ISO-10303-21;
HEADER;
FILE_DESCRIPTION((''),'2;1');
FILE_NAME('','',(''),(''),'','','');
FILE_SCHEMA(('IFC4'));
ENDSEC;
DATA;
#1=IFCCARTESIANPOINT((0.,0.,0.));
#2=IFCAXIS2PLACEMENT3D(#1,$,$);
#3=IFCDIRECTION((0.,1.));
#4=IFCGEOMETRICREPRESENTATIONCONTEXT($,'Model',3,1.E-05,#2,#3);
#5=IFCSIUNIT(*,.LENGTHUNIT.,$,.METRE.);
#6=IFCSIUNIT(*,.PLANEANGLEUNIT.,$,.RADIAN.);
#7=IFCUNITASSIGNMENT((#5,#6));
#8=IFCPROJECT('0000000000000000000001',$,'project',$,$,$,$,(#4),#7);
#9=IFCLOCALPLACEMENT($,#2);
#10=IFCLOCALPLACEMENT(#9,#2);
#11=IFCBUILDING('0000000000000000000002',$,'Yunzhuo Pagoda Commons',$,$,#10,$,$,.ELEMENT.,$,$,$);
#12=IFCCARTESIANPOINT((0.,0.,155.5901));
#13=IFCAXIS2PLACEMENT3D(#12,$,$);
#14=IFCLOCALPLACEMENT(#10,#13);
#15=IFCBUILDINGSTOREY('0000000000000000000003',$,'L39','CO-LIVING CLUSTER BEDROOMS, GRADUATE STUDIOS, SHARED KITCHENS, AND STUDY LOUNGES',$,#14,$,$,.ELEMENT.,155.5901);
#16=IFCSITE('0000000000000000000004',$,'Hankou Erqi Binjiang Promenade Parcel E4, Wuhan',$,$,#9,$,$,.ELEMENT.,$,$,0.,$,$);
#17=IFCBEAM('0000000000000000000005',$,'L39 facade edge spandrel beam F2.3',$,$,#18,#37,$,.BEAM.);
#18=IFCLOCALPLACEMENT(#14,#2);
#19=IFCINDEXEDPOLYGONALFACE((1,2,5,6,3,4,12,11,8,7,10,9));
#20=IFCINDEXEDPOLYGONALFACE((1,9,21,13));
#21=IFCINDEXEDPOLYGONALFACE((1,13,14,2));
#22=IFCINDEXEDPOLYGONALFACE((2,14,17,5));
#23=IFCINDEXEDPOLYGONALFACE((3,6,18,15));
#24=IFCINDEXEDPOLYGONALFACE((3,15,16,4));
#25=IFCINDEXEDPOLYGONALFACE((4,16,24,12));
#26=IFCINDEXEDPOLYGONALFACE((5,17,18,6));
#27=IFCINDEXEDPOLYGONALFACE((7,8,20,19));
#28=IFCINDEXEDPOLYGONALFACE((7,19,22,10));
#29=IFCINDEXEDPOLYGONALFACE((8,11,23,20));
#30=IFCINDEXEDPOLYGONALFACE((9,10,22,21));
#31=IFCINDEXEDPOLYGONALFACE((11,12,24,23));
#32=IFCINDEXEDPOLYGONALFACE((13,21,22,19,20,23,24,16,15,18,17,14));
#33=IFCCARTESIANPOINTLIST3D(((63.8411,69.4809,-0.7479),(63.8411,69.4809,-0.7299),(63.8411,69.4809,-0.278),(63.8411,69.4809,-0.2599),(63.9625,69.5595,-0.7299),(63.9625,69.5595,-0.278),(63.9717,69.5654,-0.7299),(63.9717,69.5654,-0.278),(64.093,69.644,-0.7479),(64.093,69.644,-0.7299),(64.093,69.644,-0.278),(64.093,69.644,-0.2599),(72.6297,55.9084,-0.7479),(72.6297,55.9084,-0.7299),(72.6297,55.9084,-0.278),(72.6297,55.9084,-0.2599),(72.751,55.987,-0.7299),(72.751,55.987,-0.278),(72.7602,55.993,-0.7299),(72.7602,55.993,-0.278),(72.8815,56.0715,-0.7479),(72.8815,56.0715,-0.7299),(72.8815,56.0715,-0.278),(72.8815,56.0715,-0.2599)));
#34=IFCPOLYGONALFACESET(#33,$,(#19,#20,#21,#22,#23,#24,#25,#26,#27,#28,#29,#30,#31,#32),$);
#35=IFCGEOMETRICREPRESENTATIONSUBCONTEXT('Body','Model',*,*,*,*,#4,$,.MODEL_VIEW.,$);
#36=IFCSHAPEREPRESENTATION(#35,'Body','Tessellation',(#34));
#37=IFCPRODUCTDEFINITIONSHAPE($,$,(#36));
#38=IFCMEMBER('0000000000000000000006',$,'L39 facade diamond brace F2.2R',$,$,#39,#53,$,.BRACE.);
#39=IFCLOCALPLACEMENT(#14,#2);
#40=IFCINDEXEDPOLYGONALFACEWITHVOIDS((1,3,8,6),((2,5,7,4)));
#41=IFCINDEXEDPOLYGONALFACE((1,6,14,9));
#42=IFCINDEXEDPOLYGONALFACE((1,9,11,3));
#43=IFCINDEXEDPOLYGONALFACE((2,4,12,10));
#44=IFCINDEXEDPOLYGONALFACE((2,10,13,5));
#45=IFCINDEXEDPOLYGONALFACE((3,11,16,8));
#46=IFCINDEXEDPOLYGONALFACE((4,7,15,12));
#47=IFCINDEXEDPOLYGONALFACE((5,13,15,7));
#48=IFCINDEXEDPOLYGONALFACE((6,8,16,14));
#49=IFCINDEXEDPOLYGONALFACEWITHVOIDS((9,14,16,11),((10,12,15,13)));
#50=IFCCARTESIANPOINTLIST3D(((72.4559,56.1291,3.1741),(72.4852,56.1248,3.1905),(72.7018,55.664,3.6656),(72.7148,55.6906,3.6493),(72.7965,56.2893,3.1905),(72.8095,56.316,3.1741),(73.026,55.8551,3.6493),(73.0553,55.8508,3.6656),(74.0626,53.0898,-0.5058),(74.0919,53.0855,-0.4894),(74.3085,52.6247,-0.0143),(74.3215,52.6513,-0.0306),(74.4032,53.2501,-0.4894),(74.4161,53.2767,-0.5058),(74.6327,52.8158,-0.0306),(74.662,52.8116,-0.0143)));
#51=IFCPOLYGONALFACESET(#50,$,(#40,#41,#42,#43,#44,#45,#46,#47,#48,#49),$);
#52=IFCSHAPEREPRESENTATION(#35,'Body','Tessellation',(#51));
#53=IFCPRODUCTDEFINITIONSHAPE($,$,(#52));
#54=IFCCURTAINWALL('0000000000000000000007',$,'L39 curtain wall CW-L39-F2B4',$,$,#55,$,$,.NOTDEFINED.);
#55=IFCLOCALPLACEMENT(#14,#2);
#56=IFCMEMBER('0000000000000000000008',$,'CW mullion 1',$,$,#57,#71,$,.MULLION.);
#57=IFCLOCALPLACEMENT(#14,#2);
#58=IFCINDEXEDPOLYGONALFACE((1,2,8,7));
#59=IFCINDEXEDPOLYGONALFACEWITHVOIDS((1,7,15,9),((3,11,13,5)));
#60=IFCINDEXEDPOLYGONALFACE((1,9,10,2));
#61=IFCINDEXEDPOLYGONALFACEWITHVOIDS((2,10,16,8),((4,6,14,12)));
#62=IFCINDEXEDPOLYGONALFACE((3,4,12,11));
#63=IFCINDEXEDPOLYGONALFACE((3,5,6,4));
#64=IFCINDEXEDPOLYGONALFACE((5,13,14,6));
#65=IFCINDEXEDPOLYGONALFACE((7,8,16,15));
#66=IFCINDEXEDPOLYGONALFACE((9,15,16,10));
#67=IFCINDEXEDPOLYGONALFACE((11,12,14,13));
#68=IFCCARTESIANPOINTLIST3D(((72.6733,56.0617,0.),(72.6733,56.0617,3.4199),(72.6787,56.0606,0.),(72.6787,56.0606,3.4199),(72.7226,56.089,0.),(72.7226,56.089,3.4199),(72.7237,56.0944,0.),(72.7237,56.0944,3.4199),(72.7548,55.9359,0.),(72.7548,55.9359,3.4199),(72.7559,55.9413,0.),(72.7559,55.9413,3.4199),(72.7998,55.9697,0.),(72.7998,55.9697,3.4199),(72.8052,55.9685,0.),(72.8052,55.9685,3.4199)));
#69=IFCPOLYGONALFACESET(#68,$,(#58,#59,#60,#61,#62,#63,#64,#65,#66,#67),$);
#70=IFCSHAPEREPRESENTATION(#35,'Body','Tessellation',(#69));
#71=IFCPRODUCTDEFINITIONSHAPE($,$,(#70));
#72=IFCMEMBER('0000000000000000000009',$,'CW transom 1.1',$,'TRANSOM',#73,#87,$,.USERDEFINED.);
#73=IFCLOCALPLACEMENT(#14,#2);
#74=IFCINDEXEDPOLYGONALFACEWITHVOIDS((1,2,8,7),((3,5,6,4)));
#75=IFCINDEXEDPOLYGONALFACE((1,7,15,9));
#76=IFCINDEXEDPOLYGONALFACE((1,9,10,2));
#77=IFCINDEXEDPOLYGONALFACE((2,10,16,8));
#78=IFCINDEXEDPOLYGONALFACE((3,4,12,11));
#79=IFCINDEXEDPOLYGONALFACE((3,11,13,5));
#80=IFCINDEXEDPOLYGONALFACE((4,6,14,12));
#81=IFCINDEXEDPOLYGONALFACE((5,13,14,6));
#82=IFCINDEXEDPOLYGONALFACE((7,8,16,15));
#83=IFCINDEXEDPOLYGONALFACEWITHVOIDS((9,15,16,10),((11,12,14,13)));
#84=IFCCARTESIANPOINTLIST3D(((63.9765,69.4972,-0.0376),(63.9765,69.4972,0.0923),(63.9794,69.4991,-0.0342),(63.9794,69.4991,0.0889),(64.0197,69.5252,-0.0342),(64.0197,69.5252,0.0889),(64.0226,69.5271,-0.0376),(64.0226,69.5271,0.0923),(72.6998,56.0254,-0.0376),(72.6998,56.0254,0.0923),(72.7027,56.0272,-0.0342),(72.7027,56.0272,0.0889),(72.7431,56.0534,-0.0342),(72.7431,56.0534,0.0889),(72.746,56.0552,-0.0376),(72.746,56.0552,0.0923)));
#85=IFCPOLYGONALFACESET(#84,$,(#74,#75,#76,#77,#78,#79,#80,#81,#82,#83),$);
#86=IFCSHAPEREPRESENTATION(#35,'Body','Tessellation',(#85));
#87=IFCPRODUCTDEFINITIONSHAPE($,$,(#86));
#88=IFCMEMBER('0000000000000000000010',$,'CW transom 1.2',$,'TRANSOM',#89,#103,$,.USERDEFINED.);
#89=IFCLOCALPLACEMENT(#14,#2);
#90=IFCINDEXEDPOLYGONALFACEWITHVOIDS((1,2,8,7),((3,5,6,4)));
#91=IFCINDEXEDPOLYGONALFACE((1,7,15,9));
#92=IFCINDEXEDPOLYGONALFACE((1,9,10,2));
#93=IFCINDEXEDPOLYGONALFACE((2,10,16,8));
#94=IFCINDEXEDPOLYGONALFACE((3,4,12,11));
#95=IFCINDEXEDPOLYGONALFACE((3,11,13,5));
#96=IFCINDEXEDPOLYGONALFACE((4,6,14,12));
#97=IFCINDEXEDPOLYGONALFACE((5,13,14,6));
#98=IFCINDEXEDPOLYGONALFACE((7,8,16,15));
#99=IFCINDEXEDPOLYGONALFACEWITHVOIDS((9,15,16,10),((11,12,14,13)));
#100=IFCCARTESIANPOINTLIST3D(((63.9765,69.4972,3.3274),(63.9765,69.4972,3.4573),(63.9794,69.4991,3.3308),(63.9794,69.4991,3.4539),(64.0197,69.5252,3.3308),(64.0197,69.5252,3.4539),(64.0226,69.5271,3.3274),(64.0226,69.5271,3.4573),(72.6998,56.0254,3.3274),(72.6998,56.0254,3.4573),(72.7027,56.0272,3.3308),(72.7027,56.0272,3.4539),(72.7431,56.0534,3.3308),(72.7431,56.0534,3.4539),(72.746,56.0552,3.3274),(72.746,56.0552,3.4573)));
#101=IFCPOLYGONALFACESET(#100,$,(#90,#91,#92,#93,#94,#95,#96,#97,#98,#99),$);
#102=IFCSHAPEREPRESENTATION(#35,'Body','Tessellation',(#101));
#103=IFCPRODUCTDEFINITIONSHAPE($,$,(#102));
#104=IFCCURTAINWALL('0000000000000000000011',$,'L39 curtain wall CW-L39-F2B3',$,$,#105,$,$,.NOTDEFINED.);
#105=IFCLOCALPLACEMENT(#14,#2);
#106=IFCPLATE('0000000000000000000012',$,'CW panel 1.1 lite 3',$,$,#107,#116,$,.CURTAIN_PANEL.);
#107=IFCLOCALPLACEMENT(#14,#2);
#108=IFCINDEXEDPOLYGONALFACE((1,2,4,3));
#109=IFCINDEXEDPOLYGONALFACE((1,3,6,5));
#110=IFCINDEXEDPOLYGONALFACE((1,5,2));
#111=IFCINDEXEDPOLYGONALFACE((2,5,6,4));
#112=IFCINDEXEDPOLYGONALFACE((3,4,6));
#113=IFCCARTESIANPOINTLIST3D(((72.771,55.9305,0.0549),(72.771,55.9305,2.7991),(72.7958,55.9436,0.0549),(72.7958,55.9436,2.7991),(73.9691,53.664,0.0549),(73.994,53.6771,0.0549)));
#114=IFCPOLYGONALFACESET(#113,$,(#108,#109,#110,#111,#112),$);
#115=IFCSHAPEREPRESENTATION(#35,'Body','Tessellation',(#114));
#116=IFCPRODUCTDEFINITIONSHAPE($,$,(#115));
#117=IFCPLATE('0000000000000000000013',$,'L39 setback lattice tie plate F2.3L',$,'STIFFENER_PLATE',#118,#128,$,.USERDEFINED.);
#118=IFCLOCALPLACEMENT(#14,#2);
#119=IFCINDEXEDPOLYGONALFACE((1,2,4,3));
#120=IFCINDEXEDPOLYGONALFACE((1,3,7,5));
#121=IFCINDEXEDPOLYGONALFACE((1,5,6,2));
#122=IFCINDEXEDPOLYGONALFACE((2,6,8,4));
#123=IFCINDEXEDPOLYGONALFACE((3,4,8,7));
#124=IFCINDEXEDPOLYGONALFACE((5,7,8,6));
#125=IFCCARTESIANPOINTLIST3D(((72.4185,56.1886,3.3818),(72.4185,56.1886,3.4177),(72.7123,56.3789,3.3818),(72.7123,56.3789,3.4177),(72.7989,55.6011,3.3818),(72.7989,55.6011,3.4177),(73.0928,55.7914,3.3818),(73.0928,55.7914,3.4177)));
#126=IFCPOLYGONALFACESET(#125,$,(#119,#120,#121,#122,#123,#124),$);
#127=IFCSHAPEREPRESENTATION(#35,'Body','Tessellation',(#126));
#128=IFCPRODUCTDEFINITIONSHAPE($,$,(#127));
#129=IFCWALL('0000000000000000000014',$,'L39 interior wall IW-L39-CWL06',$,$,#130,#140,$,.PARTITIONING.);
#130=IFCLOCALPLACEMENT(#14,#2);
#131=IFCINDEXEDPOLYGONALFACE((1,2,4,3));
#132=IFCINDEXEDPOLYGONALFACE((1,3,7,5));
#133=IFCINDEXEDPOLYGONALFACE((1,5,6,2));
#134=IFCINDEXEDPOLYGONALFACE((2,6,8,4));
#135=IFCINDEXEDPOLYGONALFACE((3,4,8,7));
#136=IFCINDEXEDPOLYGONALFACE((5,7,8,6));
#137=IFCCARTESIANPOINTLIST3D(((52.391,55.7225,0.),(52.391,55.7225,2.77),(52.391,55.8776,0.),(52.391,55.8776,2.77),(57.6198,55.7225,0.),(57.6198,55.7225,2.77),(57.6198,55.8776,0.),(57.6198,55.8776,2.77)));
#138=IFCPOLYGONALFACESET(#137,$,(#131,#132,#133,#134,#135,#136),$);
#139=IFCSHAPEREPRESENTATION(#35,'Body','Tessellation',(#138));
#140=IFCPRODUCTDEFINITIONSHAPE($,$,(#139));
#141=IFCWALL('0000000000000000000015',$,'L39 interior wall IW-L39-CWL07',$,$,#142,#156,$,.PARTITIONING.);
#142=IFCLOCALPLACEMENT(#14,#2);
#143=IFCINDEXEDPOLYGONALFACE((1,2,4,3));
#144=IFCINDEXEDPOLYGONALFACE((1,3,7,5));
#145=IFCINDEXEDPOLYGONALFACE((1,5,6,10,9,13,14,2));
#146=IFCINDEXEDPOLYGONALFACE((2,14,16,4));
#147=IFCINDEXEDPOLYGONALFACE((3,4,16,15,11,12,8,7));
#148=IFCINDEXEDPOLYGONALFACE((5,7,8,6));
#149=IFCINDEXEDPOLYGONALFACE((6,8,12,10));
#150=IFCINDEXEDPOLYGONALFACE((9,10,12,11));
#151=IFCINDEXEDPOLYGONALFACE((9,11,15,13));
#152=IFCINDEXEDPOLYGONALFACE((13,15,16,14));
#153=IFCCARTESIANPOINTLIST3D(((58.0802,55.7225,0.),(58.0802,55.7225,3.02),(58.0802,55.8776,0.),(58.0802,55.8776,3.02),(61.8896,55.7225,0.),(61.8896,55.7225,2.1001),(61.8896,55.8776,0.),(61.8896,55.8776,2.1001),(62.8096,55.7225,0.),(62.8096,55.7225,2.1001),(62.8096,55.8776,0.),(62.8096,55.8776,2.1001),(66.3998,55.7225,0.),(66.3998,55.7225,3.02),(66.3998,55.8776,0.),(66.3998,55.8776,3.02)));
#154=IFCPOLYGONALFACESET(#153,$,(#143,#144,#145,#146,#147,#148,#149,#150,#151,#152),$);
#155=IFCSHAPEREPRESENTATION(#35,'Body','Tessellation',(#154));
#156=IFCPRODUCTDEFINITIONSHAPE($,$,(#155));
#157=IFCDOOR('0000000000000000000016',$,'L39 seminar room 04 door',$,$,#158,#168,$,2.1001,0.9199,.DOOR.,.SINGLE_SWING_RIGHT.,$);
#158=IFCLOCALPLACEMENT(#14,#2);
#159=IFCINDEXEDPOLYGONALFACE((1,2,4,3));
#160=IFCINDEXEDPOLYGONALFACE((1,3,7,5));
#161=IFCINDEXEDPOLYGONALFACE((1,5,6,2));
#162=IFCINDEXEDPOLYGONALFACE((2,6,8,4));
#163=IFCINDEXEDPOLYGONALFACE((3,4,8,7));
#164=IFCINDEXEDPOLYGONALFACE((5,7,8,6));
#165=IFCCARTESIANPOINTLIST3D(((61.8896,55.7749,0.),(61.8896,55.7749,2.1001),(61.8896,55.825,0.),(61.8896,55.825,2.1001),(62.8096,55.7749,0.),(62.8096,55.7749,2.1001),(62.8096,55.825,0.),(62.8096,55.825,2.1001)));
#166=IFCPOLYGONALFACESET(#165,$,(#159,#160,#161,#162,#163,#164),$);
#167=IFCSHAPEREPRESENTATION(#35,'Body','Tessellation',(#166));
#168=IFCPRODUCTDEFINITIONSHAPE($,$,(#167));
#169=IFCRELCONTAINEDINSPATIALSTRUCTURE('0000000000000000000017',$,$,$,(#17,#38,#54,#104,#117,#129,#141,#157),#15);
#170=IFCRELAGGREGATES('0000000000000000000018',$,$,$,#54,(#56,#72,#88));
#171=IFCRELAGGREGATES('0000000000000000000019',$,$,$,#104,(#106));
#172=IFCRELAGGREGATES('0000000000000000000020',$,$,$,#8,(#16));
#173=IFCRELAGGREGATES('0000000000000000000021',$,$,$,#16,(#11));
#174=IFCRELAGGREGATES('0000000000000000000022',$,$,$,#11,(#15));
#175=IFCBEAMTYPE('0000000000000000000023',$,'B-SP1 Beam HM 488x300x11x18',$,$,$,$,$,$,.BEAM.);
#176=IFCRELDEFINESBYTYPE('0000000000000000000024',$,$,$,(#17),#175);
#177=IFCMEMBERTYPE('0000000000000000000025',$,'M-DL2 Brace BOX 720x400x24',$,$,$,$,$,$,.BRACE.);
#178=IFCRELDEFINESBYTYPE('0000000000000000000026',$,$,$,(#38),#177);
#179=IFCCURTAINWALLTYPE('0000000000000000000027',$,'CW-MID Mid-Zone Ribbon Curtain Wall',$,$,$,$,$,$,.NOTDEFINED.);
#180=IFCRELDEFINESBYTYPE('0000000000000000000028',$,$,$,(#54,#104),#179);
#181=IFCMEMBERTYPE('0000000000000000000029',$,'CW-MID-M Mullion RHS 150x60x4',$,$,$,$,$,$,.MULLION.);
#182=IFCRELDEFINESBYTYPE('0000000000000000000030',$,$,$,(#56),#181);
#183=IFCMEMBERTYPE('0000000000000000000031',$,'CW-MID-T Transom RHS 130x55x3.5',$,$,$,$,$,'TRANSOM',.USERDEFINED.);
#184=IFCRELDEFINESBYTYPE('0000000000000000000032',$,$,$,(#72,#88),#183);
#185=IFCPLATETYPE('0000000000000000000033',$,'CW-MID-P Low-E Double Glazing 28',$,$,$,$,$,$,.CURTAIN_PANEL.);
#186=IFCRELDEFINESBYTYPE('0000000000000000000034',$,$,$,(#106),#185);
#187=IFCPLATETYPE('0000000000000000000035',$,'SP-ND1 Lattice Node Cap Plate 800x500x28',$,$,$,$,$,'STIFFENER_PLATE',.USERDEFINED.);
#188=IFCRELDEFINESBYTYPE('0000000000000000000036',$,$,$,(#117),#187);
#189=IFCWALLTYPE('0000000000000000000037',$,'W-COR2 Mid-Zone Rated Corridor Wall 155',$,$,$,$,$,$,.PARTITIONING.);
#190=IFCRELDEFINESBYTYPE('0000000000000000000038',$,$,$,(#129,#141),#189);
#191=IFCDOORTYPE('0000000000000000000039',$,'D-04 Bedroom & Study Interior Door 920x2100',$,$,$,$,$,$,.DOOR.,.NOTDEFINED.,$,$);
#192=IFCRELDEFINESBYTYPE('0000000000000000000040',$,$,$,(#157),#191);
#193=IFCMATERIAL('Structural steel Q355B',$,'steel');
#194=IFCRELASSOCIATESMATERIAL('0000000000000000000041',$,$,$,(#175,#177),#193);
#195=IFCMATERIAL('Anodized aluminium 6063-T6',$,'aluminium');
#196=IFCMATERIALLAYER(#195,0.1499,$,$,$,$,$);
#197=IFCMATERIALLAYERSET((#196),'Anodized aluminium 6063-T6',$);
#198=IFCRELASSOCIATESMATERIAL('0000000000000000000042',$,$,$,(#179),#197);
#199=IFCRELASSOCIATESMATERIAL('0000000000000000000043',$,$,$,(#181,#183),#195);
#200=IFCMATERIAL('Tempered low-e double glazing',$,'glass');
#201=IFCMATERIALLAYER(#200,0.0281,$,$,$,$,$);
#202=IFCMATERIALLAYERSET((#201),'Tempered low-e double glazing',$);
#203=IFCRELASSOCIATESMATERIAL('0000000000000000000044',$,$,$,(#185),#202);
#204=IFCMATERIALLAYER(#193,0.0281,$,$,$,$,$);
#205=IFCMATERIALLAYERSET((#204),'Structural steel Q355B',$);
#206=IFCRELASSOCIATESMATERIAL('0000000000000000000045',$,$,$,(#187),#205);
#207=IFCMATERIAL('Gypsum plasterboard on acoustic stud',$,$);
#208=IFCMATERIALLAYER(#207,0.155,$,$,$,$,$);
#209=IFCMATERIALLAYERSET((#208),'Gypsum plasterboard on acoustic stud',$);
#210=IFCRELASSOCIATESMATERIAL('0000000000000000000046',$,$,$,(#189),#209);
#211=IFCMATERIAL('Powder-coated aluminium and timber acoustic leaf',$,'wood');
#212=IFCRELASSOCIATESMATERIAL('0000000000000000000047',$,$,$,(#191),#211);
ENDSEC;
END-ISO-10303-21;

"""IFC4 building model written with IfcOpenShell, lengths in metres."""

from ifc_helpers import new_model, si_unit, direction, frame, frame_2d, origin, origin_with_axes, origin_2d, place, context, subcontext, project, spatial, polyline, rectangle, hollow_rectangle, i_section, outline, extrude, source, transform, mapped, material, layer, layer_set, material_profile, profile_set, type_object, element, fill, aggregate, save


model = new_model("IFC4")

# Units and contexts
model_context = context("Model", 3, precision=1e-05, world=origin(), true_north=direction((0.0, 1.0)))
body_context = subcontext(model_context, "Body", "Model", "MODEL_VIEW")
ifc_project = project(units=[si_unit("LENGTHUNIT", "METRE"), si_unit("PLANEANGLEUNIT", "RADIAN")], contexts=[model_context])

# Site, building, storey
site_placement = place(None, origin())
site = spatial("IfcSite", under=ifc_project, at=site_placement, Name="Hankou Erqi Binjiang Promenade Parcel E4, Wuhan", CompositionType="ELEMENT", RefElevation=0.0)
building_placement = place(site_placement, origin())
building = spatial("IfcBuilding", under=site, at=building_placement, Name="Yunzhuo Pagoda Commons", CompositionType="ELEMENT")
storey_placement = place(building_placement, frame((0.0, 0.0, 155.5901)))
storey = spatial("IfcBuildingStorey", under=building, at=storey_placement, Name="L39", Description="CO-LIVING CLUSTER BEDROOMS, GRADUATE STUDIOS, SHARED KITCHENS, AND STUDY LOUNGES", CompositionType="ELEMENT", Elevation=155.5901)

# Beam
ifc_material_1 = material(Name="Structural steel Q355B", Category="steel")
ifc_material_profile_1 = material_profile(ifc_material_1, i_section(OverallWidth=0.3, OverallDepth=0.488, WebThickness=0.011, FlangeThickness=0.0181, at=origin_2d()), Name="Structural steel Q355B")
ifc_profile_set_1 = profile_set([ifc_material_profile_1], Name="Structural steel Q355B")
beam_type_1 = type_object("IfcBeamType", Name="B-SP1 Beam HM 488x300x11x18", PredefinedType="BEAM", material=ifc_profile_set_1)
shared_shape_1 = source(origin(), body_context, "Body", "SweptSolid", [
    extrude(i_section(OverallWidth=0.3, OverallDepth=0.488, WebThickness=0.011, FlangeThickness=0.0181, at=origin_2d()), origin(), (0.0, 0.0, 1.0), 16.1694),
])
beam_1_placement = place(storey_placement, frame((72.7556, 55.99, -0.5039), z_axis=(-0.543529, 0.839391, 0.0), x_axis=(-0.839391, -0.543529, 0.0)))
element("IfcBeam", 1, at=beam_1_placement, inside=storey, type_object=beam_type_1, Name="L39 facade edge spandrel beam F2.3", PredefinedType="BEAM", context=body_context, shape_type="MappedRepresentation", body=[
    mapped(shared_shape_1, transform((0.0, 0.0, 0.0), scale=1.0)),
])

# Member
ifc_material_profile_2 = material_profile(ifc_material_1, hollow_rectangle(XDim=0.3999, YDim=0.72, WallThickness=0.0239, at=origin_2d()), Name="Structural steel Q355B")
ifc_profile_set_2 = profile_set([ifc_material_profile_2], Name="Structural steel Q355B")
member_type_1 = type_object("IfcMemberType", Name="M-DL2 Brace BOX 720x400x24", PredefinedType="BRACE", material=ifc_profile_set_2)
shared_shape_2 = source(origin(), body_context, "Body", "SweptSolid", [
    extrude(hollow_rectangle(XDim=0.3999, YDim=0.72, WallThickness=0.0239, at=origin_2d()), origin(), (0.0, 0.0, 1.0), 5.0359),
])
member_1_placement = place(storey_placement, frame((74.3623, 52.9507, -0.26), z_axis=(-0.319044, 0.603523, 0.730733), x_axis=(-0.884071, -0.467353, 0.0)))
element("IfcMember", 2, at=member_1_placement, inside=storey, type_object=member_type_1, Name="L39 facade diamond brace F2.2R", PredefinedType="BRACE", context=body_context, shape_type="MappedRepresentation", body=[
    mapped(shared_shape_2, transform((0.0, 0.0, 0.0), scale=1.0)),
])

# Curtain wall, members
ifc_material_2 = material(Name="Anodized aluminium 6063-T6", Category="aluminium")
ifc_layer_1 = layer(ifc_material_2, 0.1499)
ifc_layer_set_1 = layer_set([ifc_layer_1], Name="Anodized aluminium 6063-T6")
curtain_wall_type = type_object("IfcCurtainWallType", Name="CW-MID Mid-Zone Ribbon Curtain Wall", PredefinedType="NOTDEFINED", material=ifc_layer_set_1)
curtain_wall_1_placement = place(storey_placement, origin())
curtain_wall_1 = element("IfcCurtainWall", 3, at=curtain_wall_1_placement, inside=storey, type_object=curtain_wall_type, Name="L39 curtain wall CW-L39-F2B4", PredefinedType="NOTDEFINED")
ifc_material_profile_3 = material_profile(ifc_material_2, hollow_rectangle(XDim=0.0601, YDim=0.1499, WallThickness=0.0039, at=origin_2d()), Name="Anodized aluminium 6063-T6")
ifc_profile_set_3 = profile_set([ifc_material_profile_3], Name="Anodized aluminium 6063-T6")
member_type_2 = type_object("IfcMemberType", Name="CW-MID-M Mullion RHS 150x60x4", PredefinedType="MULLION", material=ifc_profile_set_3)
shared_shape_3 = source(origin(), body_context, "Body", "SweptSolid", [
    extrude(hollow_rectangle(XDim=0.0601, YDim=0.1499, WallThickness=0.0039, at=origin_2d()), origin(), (0.0, 0.0, 1.0), 3.4199),
])
member_2_placement = place(storey_placement, frame((72.7393, 56.0151, 0.0), z_axis=(0.0, 0.0, 1.0), x_axis=(-0.839393, -0.543526, 0.0)))
member_2 = element("IfcMember", 4, at=member_2_placement, type_object=member_type_2, Name="CW mullion 1", PredefinedType="MULLION", context=body_context, shape_type="MappedRepresentation", body=[
    mapped(shared_shape_3, transform((0.0, 0.0, 0.0), scale=1.0)),
])
ifc_material_profile_4 = material_profile(ifc_material_2, hollow_rectangle(XDim=0.0549, YDim=0.1299, WallThickness=0.0034, at=origin_2d()), Name="Anodized aluminium 6063-T6")
ifc_profile_set_4 = profile_set([ifc_material_profile_4], Name="Anodized aluminium 6063-T6")
member_type_3 = type_object("IfcMemberType", Name="CW-MID-T Transom RHS 130x55x3.5", ElementType="TRANSOM", PredefinedType="USERDEFINED", material=ifc_profile_set_4)
shared_shape_4 = source(origin(), body_context, "Body", "SweptSolid", [
    extrude(hollow_rectangle(XDim=0.0549, YDim=0.1299, WallThickness=0.0034, at=origin_2d()), origin(), (0.0, 0.0, 1.0), 16.0496),
])
member_3_placement = place(storey_placement, frame((72.7229, 56.0403, 0.0273), z_axis=(-0.543526, 0.839392, 0.0), x_axis=(-0.839392, -0.543526, 0.0)))
member_3 = element("IfcMember", 5, at=member_3_placement, type_object=member_type_3, Name="CW transom 1.1", ObjectType="TRANSOM", PredefinedType="USERDEFINED", context=body_context, shape_type="MappedRepresentation", body=[
    mapped(shared_shape_4, transform((0.0, 0.0, 0.0), scale=1.0)),
])
member_4_placement = place(storey_placement, frame((72.7229, 56.0403, 3.3923), z_axis=(-0.543526, 0.839392, 0.0), x_axis=(-0.839392, -0.543526, 0.0)))
member_4 = element("IfcMember", 6, at=member_4_placement, type_object=member_type_3, Name="CW transom 1.2", ObjectType="TRANSOM", PredefinedType="USERDEFINED", context=body_context, shape_type="MappedRepresentation", body=[
    mapped(shared_shape_4, transform((0.0, 0.0, 0.0), scale=1.0)),
])
aggregate(curtain_wall_1, [member_2, member_3, member_4])

# Curtain wall, plate
curtain_wall_2_placement = place(storey_placement, origin())
curtain_wall_2 = element("IfcCurtainWall", 7, at=curtain_wall_2_placement, inside=storey, type_object=curtain_wall_type, Name="L39 curtain wall CW-L39-F2B3", PredefinedType="NOTDEFINED")
ifc_material_3 = material(Name="Tempered low-e double glazing", Category="glass")
ifc_layer_2 = layer(ifc_material_3, 0.0281)
ifc_layer_set_2 = layer_set([ifc_layer_2], Name="Tempered low-e double glazing")
plate_type_1 = type_object("IfcPlateType", Name="CW-MID-P Low-E Double Glazing 28", PredefinedType="CURTAIN_PANEL", material=ifc_layer_set_2)
plate_1_placement = place(storey_placement, frame((73.3701, 54.7971, 1.427), z_axis=(0.884069, 0.467357, 0.0), x_axis=(-0.467357, 0.884069, 0.0)))
plate_1 = element("IfcPlate", 8, at=plate_1_placement, type_object=plate_type_1, Name="CW panel 1.1 lite 3", PredefinedType="CURTAIN_PANEL", context=body_context, shape_type="SweptSolid", body=[
    extrude(outline(polyline([(-1.2817, -1.3721), (1.282, -1.3721), (1.282, 1.3721), (-1.2817, -1.3721)])), origin(), (0.0, 0.0, 1.0), 0.0281),
])
aggregate(curtain_wall_2, [plate_1])

# Plate
ifc_layer_3 = layer(ifc_material_1, 0.0281)
ifc_layer_set_3 = layer_set([ifc_layer_3], Name="Structural steel Q355B")
plate_type_2 = type_object("IfcPlateType", Name="SP-ND1 Lattice Node Cap Plate 800x500x28", ElementType="STIFFENER_PLATE", PredefinedType="USERDEFINED", material=ifc_layer_set_3)
shared_shape_5 = source(origin(), body_context, "Body", "SweptSolid", [
    extrude(rectangle(XDim=0.7, YDim=0.3501, at=origin_2d()), origin(), (0.0, 0.0, 1.0), 0.0359),
])
plate_2_placement = place(storey_placement, frame((72.7556, 55.99, 3.3818), z_axis=(0.0, 0.0, 1.0), x_axis=(-0.543526, 0.839392, 0.0)))
element("IfcPlate", 9, at=plate_2_placement, inside=storey, type_object=plate_type_2, Name="L39 setback lattice tie plate F2.3L", ObjectType="STIFFENER_PLATE", PredefinedType="USERDEFINED", context=body_context, shape_type="MappedRepresentation", body=[
    mapped(shared_shape_5, transform((0.0, 0.0, 0.0), scale=1.0)),
])

# Wall
ifc_material_4 = material(Name="Gypsum plasterboard on acoustic stud")
ifc_layer_4 = layer(ifc_material_4, 0.155)
ifc_layer_set_4 = layer_set([ifc_layer_4], Name="Gypsum plasterboard on acoustic stud")
wall_type_1 = type_object("IfcWallType", Name="W-COR2 Mid-Zone Rated Corridor Wall 155", PredefinedType="PARTITIONING", material=ifc_layer_set_4)
wall_1_placement = place(storey_placement, frame((52.3911, 55.8, 0.0), z_axis=(0.0, 0.0, 1.0), x_axis=(1.0, 0.0, 0.0)))
element("IfcWall", 10, at=wall_1_placement, inside=storey, type_object=wall_type_1, Name="L39 interior wall IW-L39-CWL06", PredefinedType="PARTITIONING", context=body_context, shape_type="SweptSolid", body=[
    extrude(rectangle(XDim=5.2288, YDim=0.155, at=frame_2d((2.6143, 0.0))), origin(), (0.0, 0.0, 1.0), 2.77),
])

# Wall, opening, door
wall_2_placement = place(storey_placement, frame((58.0803, 55.8, 0.0), z_axis=(0.0, 0.0, 1.0), x_axis=(1.0, 0.0, 0.0)))
wall_2 = element("IfcWall", 11, at=wall_2_placement, inside=storey, type_object=wall_type_1, Name="L39 interior wall IW-L39-CWL07", PredefinedType="PARTITIONING", context=body_context, shape_type="SweptSolid", body=[
    extrude(rectangle(XDim=8.3196, YDim=0.155, at=frame_2d((4.1597, 0.0))), origin(), (0.0, 0.0, 1.0), 3.02),
])
opening_1_placement = place(wall_2_placement, frame((3.8093, 0.0, 0.0)))
opening_1 = element("IfcOpeningElement", 12, at=opening_1_placement, cuts=wall_2, PredefinedType="OPENING", context=body_context, shape_type="SweptSolid", body=[
    extrude(rectangle(XDim=0.9199, YDim=2.1001, at=frame_2d((0.46, 1.05))), frame((0.0, 0.0874, 0.0), z_axis=(0.0, -1.0, 0.0), x_axis=(1.0, 0.0, 0.0)), (0.0, 0.0, 1.0), 0.175),
])
ifc_material_5 = material(Name="Powder-coated aluminium and timber acoustic leaf", Category="wood")
door_type = type_object("IfcDoorType", Name="D-04 Bedroom & Study Interior Door 920x2100", OperationType="NOTDEFINED", PredefinedType="DOOR", material=ifc_material_5)
shared_shape_6 = source(origin(), body_context, "Body", "SweptSolid", [
    extrude(rectangle(XDim=0.9199, YDim=2.1001, at=frame_2d((0.46, 1.05))), frame((0.0, 0.0249, 0.0), z_axis=(0.0, -1.0, 0.0), x_axis=(1.0, 0.0, 0.0)), (0.0, 0.0, 1.0), 0.05),
])
door_1_placement = place(opening_1_placement, origin_with_axes())
door_1 = element("IfcDoor", 13, at=door_1_placement, inside=storey, type_object=door_type, Name="L39 seminar room 04 door", OperationType="SINGLE_SWING_RIGHT", OverallHeight=2.1001, OverallWidth=0.9199, PredefinedType="DOOR", context=body_context, shape_type="MappedRepresentation", body=[
    mapped(shared_shape_6, transform((0.0, 0.0, 0.0), scale=1.0)),
])
fill(opening_1, door_1)

save(model, "model.ifc")
